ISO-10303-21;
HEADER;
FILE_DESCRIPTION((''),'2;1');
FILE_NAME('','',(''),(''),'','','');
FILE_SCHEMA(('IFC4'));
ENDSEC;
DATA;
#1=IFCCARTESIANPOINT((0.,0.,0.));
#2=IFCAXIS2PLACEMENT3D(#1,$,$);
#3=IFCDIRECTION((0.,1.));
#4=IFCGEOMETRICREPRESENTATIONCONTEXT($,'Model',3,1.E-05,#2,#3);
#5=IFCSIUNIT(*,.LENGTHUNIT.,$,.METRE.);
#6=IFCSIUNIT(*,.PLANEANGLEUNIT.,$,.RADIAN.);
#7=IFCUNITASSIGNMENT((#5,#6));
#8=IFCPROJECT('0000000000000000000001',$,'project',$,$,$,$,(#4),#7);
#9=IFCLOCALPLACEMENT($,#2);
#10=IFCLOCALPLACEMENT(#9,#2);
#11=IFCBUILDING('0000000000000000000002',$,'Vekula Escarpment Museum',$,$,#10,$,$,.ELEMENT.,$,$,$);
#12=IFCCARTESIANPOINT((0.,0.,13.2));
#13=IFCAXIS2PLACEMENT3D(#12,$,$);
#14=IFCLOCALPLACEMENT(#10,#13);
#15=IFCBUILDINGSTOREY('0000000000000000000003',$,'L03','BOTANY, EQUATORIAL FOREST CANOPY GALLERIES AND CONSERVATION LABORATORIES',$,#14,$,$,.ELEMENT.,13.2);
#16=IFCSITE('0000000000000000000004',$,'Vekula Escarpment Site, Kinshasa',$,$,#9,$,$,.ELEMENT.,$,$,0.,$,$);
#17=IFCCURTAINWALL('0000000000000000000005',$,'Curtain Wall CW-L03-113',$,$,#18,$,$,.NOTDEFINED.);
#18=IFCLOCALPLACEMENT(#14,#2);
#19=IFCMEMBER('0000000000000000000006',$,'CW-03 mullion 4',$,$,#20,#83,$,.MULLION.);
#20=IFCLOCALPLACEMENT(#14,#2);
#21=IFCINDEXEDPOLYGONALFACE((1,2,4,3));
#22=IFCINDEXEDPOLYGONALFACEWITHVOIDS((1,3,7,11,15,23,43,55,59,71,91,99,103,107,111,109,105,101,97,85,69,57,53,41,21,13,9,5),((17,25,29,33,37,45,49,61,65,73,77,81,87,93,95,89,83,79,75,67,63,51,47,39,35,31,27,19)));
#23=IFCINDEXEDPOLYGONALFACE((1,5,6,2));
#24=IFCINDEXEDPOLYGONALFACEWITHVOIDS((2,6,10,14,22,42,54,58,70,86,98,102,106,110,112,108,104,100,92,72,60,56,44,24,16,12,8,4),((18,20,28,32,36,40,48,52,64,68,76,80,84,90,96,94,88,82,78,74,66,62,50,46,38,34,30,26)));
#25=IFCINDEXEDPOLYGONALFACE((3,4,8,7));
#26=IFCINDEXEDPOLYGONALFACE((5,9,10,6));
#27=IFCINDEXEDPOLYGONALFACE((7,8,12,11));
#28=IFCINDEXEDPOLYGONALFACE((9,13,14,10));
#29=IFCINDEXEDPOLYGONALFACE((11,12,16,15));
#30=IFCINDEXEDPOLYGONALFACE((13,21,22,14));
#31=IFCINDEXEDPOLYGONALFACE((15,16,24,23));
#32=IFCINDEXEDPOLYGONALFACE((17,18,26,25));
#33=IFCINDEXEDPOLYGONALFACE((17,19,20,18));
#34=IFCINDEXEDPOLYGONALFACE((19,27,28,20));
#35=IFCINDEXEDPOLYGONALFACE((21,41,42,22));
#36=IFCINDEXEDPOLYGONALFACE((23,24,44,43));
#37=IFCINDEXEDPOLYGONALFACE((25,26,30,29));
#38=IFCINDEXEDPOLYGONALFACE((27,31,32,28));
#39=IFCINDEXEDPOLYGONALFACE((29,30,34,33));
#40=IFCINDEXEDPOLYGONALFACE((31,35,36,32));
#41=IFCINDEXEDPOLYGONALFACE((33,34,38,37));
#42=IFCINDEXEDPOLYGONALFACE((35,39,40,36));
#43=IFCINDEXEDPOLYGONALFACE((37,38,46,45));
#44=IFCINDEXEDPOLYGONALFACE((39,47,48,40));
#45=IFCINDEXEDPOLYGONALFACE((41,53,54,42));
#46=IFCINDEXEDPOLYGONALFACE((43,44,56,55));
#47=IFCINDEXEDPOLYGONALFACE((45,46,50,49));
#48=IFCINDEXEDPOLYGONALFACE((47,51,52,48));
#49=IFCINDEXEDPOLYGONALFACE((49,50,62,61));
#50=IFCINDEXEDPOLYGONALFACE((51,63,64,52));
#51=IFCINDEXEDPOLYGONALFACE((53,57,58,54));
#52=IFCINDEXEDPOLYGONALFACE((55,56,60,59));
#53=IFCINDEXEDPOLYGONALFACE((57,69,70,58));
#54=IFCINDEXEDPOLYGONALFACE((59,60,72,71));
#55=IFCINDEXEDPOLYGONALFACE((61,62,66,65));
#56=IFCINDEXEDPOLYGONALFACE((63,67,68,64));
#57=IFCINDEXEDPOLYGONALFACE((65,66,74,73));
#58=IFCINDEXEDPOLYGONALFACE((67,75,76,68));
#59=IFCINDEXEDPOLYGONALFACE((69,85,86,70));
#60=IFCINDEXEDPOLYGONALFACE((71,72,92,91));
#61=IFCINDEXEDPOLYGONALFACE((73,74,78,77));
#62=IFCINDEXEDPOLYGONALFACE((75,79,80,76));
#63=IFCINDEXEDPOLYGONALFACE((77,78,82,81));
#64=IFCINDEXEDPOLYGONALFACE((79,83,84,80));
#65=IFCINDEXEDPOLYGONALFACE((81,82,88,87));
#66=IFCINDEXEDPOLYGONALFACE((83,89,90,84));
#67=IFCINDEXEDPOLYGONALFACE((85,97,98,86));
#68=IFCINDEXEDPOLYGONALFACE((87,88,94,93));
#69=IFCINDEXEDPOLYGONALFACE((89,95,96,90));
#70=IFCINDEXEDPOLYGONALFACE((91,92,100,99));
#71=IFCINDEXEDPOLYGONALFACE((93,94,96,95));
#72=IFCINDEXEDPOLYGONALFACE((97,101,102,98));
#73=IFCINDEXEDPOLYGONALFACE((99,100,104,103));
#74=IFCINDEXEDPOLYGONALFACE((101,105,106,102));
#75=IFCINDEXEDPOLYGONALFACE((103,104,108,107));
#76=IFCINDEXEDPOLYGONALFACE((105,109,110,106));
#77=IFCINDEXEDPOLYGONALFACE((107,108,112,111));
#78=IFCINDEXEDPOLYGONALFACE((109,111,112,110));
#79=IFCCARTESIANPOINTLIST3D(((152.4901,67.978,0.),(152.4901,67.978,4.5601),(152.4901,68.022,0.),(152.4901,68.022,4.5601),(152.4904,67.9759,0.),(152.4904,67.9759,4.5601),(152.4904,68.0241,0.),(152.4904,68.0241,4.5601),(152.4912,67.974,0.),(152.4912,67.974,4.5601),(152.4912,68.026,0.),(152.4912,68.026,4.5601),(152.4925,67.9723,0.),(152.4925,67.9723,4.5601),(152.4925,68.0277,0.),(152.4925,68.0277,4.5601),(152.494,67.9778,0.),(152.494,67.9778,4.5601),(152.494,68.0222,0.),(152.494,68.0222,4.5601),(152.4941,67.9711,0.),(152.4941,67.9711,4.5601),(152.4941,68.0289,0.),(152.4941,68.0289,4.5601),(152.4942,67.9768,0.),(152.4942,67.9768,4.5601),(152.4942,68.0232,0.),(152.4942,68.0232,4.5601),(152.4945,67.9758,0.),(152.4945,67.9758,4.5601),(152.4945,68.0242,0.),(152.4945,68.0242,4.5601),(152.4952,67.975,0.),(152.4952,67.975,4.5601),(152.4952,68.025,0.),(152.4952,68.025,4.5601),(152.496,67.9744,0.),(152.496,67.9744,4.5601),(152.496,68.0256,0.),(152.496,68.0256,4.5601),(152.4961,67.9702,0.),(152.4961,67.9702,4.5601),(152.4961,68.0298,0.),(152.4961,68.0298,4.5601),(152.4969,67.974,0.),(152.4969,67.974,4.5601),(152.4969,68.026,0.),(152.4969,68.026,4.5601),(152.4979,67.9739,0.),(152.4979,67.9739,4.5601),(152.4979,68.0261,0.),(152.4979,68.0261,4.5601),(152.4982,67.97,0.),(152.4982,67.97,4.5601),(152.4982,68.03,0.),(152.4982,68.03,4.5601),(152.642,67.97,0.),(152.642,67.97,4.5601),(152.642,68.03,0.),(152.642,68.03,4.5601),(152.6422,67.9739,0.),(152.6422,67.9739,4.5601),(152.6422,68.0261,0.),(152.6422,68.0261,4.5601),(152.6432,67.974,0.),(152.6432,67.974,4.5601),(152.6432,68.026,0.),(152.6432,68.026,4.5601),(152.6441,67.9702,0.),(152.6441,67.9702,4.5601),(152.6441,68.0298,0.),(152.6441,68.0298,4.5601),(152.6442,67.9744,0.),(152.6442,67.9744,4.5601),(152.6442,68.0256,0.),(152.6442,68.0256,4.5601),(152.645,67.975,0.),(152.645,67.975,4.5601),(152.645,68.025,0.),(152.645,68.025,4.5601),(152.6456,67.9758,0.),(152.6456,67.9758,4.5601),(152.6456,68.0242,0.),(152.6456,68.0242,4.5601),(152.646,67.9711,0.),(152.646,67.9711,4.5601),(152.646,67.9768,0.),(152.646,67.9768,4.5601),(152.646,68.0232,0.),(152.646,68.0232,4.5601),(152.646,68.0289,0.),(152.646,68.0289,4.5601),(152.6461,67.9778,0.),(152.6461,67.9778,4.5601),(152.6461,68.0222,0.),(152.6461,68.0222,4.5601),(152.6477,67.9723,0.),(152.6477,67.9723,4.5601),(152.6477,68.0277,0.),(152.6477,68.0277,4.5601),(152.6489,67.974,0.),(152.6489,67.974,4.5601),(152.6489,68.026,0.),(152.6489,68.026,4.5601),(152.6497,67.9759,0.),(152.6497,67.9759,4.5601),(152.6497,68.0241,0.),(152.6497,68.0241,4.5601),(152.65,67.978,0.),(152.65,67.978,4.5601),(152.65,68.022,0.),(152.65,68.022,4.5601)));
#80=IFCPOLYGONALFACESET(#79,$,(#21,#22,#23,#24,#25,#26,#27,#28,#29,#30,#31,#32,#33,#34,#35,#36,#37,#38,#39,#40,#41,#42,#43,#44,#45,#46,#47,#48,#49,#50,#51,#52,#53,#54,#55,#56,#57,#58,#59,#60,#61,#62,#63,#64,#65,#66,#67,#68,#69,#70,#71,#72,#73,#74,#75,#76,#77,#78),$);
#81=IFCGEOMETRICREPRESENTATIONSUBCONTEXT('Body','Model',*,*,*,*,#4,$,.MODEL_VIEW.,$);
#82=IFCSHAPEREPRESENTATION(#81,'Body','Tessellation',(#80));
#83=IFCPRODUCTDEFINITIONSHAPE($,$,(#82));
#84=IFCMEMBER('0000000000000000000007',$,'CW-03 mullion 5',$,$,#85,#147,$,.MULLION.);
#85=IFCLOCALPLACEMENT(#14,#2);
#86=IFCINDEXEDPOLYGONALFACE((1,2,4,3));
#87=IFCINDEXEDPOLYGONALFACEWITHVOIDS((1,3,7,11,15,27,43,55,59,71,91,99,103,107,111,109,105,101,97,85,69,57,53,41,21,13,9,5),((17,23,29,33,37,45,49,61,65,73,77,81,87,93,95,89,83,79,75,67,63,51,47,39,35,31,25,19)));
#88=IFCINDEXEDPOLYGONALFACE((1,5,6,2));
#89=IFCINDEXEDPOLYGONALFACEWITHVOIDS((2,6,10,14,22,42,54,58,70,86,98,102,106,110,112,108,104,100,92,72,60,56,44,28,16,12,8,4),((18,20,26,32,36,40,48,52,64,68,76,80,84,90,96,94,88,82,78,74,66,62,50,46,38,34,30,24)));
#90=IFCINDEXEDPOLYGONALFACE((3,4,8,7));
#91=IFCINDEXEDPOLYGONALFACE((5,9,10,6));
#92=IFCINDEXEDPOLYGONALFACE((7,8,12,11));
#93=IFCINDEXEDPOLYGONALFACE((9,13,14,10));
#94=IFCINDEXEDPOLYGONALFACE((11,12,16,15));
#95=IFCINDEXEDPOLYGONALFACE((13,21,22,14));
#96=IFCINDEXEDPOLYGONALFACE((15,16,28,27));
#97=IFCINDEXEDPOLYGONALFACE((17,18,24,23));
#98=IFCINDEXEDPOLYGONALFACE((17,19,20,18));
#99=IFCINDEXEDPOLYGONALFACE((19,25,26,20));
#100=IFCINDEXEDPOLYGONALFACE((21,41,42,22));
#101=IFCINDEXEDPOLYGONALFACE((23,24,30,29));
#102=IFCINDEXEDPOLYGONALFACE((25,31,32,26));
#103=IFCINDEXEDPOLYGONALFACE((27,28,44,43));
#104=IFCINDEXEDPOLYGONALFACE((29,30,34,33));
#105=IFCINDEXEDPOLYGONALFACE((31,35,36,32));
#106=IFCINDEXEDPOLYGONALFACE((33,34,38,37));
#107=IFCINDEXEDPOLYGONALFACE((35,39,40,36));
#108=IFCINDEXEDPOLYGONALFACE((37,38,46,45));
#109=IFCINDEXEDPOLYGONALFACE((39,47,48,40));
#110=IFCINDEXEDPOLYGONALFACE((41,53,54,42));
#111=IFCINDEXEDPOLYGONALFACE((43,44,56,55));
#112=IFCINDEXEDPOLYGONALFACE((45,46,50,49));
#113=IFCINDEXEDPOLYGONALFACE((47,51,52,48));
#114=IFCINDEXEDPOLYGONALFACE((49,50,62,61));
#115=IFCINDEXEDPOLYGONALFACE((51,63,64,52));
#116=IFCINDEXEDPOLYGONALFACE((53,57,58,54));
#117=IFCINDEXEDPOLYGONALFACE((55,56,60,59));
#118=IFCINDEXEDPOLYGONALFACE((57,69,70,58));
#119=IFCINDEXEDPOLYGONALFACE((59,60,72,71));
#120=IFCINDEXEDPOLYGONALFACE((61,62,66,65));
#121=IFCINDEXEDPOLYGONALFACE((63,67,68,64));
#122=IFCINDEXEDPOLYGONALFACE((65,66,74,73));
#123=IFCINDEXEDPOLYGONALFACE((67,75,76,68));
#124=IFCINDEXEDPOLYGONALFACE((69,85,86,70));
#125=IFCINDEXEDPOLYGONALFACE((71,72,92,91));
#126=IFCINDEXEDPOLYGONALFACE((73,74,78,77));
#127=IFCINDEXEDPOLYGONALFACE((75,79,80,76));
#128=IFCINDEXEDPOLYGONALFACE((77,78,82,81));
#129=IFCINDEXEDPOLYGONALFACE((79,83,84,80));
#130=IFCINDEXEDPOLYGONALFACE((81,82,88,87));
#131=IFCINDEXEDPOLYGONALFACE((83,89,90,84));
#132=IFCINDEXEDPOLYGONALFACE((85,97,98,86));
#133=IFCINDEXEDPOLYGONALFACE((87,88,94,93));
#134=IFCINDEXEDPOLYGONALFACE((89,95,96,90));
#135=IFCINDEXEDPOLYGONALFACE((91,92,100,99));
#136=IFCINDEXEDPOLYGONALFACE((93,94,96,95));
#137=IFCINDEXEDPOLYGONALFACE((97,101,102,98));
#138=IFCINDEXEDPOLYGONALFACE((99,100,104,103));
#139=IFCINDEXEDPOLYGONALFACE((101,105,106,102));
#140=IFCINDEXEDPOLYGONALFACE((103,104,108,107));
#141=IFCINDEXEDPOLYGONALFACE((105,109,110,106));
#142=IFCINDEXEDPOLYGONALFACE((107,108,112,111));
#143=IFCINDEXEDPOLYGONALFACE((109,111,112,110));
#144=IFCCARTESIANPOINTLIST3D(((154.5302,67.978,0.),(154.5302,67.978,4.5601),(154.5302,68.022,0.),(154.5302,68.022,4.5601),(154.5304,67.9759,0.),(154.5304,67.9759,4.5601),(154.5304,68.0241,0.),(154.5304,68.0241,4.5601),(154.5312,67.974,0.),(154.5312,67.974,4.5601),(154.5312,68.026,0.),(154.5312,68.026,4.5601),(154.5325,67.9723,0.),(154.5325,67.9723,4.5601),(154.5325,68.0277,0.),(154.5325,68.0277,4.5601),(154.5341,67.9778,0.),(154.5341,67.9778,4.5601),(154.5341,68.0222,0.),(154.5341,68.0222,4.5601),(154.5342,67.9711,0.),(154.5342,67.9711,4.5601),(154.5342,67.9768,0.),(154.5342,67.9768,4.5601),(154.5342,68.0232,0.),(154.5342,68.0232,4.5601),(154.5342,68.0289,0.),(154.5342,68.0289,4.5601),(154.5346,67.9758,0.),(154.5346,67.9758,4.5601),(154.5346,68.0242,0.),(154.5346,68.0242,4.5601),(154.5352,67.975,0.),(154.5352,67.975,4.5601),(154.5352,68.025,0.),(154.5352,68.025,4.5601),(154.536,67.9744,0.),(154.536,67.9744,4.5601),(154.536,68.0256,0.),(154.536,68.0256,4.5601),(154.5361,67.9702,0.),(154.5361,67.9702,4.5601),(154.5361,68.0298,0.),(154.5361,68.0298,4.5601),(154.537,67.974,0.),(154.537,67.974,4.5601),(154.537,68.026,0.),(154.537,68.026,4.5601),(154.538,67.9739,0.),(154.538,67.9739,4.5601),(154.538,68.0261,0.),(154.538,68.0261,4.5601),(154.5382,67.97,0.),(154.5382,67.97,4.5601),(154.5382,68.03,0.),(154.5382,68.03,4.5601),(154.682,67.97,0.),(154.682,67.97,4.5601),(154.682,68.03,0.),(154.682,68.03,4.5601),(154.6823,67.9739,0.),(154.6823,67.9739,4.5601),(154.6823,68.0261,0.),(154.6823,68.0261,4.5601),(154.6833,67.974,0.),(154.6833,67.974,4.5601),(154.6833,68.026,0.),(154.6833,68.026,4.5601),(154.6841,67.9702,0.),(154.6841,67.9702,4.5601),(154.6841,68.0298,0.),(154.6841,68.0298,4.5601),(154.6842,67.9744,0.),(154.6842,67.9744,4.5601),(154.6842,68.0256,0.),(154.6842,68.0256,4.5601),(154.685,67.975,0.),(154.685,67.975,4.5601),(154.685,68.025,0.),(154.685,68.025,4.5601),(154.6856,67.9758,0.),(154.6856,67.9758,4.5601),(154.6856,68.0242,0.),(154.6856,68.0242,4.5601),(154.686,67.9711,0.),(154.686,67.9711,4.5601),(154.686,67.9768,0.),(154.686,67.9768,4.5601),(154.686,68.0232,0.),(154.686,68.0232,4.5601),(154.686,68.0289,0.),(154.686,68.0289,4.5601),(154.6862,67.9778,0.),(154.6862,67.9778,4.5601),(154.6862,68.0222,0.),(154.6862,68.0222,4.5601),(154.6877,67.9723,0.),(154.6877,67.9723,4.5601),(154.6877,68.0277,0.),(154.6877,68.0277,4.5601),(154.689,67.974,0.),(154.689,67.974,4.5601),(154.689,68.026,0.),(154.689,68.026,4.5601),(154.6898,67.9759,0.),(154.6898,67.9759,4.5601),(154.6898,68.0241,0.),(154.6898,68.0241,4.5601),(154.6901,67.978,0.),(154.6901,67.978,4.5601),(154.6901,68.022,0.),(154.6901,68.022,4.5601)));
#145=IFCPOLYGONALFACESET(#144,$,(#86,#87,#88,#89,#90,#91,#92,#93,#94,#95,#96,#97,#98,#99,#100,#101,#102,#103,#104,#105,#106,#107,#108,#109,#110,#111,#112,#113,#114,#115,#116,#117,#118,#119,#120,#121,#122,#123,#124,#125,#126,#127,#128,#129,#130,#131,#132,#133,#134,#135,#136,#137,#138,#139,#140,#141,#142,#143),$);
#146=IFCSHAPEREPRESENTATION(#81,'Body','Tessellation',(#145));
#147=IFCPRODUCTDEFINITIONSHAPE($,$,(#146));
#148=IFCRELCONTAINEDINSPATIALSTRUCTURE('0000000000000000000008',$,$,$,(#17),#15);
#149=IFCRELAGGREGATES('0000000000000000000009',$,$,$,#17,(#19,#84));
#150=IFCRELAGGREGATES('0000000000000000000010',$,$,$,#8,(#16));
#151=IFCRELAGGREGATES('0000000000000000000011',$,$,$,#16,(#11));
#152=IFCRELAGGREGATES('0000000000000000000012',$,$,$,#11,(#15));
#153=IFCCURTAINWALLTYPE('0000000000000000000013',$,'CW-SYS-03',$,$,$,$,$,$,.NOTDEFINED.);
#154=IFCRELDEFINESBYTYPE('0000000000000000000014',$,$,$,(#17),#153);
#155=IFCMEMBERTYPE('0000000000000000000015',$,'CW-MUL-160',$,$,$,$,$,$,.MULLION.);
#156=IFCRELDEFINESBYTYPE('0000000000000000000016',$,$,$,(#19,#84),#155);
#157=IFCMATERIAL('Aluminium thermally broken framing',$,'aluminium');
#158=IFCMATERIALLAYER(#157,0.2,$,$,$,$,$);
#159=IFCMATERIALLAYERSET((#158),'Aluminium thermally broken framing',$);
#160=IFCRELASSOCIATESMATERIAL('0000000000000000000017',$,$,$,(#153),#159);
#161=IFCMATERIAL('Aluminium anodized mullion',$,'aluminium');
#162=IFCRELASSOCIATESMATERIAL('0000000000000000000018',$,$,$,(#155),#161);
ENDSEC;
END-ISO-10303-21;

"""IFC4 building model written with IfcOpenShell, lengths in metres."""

from ifc_helpers import new_model, si_unit, direction, frame, origin, origin_2d, place, context, subcontext, project, spatial, hollow_rectangle, extrude, material, layer, layer_set, material_profile, profile_set, type_object, element, aggregate, save


model = new_model("IFC4")

# Units and contexts
model_context = context("Model", 3, precision=1e-05, world=origin(), true_north=direction((0.0, 1.0)))
body_context = subcontext(model_context, "Body", "Model", "MODEL_VIEW")
ifc_project = project(units=[si_unit("LENGTHUNIT", "METRE"), si_unit("PLANEANGLEUNIT", "RADIAN")], contexts=[model_context])

# Site, building, storey
site_placement = place(None, origin())
site = spatial("IfcSite", under=ifc_project, at=site_placement, Name="Vekula Escarpment Site, Kinshasa", CompositionType="ELEMENT", RefElevation=0.0)
building_placement = place(site_placement, origin())
building = spatial("IfcBuilding", under=site, at=building_placement, Name="Vekula Escarpment Museum", CompositionType="ELEMENT")
storey_placement = place(building_placement, frame((0.0, 0.0, 13.2)))
storey = spatial("IfcBuildingStorey", under=building, at=storey_placement, Name="L03", Description="BOTANY, EQUATORIAL FOREST CANOPY GALLERIES AND CONSERVATION LABORATORIES", CompositionType="ELEMENT", Elevation=13.2)

# Curtain wall, members
ifc_material_1 = material(Name="Aluminium thermally broken framing", Category="aluminium")
ifc_layer_1 = layer(ifc_material_1, 0.2)
ifc_layer_set_1 = layer_set([ifc_layer_1], Name="Aluminium thermally broken framing")
curtain_wall_type_1 = type_object("IfcCurtainWallType", Name="CW-SYS-03", PredefinedType="NOTDEFINED", material=ifc_layer_set_1)
curtain_wall_1_placement = place(storey_placement, origin())
curtain_wall_1 = element("IfcCurtainWall", 1, at=curtain_wall_1_placement, inside=storey, type_object=curtain_wall_type_1, Name="Curtain Wall CW-L03-113", PredefinedType="NOTDEFINED")
ifc_material_2 = material(Name="Aluminium anodized mullion", Category="aluminium")
ifc_material_profile_1 = material_profile(ifc_material_2, hollow_rectangle(XDim=0.0601, YDim=0.1599, WallThickness=0.0039, InnerFilletRadius=0.0039, OuterFilletRadius=0.0081, at=origin_2d()), Name="ALU 160x60x4")
ifc_profile_set_1 = profile_set([ifc_material_profile_1], Name="Aluminium anodized mullion")
member_type_1 = type_object("IfcMemberType", Name="CW-MUL-160", PredefinedType="MULLION", material=ifc_profile_set_1)
member_1_placement = place(storey_placement, frame((152.5701, 68.0, 0.0), z_axis=(0.0, 0.0, 1.0), x_axis=(0.0, 1.0, 0.0)))
member_1 = element("IfcMember", 2, at=member_1_placement, type_object=member_type_1, Name="CW-03 mullion 4", PredefinedType="MULLION", context=body_context, shape_type="SweptSolid", body=[
    extrude(hollow_rectangle(XDim=0.0601, YDim=0.1599, WallThickness=0.0039, InnerFilletRadius=0.0039, OuterFilletRadius=0.0081, at=origin_2d()), origin(), (0.0, 0.0, 1.0), 4.5601),
])
member_2_placement = place(storey_placement, frame((154.6101, 68.0, 0.0), z_axis=(0.0, 0.0, 1.0), x_axis=(0.0, 1.0, 0.0)))
member_2 = element("IfcMember", 3, at=member_2_placement, type_object=member_type_1, Name="CW-03 mullion 5", PredefinedType="MULLION", context=body_context, shape_type="SweptSolid", body=[
    extrude(hollow_rectangle(XDim=0.0601, YDim=0.1599, WallThickness=0.0039, InnerFilletRadius=0.0039, OuterFilletRadius=0.0081, at=origin_2d()), origin(), (0.0, 0.0, 1.0), 4.5601),
])

aggregate(curtain_wall_1, [member_1, member_2])

save(model, "model.ifc")
